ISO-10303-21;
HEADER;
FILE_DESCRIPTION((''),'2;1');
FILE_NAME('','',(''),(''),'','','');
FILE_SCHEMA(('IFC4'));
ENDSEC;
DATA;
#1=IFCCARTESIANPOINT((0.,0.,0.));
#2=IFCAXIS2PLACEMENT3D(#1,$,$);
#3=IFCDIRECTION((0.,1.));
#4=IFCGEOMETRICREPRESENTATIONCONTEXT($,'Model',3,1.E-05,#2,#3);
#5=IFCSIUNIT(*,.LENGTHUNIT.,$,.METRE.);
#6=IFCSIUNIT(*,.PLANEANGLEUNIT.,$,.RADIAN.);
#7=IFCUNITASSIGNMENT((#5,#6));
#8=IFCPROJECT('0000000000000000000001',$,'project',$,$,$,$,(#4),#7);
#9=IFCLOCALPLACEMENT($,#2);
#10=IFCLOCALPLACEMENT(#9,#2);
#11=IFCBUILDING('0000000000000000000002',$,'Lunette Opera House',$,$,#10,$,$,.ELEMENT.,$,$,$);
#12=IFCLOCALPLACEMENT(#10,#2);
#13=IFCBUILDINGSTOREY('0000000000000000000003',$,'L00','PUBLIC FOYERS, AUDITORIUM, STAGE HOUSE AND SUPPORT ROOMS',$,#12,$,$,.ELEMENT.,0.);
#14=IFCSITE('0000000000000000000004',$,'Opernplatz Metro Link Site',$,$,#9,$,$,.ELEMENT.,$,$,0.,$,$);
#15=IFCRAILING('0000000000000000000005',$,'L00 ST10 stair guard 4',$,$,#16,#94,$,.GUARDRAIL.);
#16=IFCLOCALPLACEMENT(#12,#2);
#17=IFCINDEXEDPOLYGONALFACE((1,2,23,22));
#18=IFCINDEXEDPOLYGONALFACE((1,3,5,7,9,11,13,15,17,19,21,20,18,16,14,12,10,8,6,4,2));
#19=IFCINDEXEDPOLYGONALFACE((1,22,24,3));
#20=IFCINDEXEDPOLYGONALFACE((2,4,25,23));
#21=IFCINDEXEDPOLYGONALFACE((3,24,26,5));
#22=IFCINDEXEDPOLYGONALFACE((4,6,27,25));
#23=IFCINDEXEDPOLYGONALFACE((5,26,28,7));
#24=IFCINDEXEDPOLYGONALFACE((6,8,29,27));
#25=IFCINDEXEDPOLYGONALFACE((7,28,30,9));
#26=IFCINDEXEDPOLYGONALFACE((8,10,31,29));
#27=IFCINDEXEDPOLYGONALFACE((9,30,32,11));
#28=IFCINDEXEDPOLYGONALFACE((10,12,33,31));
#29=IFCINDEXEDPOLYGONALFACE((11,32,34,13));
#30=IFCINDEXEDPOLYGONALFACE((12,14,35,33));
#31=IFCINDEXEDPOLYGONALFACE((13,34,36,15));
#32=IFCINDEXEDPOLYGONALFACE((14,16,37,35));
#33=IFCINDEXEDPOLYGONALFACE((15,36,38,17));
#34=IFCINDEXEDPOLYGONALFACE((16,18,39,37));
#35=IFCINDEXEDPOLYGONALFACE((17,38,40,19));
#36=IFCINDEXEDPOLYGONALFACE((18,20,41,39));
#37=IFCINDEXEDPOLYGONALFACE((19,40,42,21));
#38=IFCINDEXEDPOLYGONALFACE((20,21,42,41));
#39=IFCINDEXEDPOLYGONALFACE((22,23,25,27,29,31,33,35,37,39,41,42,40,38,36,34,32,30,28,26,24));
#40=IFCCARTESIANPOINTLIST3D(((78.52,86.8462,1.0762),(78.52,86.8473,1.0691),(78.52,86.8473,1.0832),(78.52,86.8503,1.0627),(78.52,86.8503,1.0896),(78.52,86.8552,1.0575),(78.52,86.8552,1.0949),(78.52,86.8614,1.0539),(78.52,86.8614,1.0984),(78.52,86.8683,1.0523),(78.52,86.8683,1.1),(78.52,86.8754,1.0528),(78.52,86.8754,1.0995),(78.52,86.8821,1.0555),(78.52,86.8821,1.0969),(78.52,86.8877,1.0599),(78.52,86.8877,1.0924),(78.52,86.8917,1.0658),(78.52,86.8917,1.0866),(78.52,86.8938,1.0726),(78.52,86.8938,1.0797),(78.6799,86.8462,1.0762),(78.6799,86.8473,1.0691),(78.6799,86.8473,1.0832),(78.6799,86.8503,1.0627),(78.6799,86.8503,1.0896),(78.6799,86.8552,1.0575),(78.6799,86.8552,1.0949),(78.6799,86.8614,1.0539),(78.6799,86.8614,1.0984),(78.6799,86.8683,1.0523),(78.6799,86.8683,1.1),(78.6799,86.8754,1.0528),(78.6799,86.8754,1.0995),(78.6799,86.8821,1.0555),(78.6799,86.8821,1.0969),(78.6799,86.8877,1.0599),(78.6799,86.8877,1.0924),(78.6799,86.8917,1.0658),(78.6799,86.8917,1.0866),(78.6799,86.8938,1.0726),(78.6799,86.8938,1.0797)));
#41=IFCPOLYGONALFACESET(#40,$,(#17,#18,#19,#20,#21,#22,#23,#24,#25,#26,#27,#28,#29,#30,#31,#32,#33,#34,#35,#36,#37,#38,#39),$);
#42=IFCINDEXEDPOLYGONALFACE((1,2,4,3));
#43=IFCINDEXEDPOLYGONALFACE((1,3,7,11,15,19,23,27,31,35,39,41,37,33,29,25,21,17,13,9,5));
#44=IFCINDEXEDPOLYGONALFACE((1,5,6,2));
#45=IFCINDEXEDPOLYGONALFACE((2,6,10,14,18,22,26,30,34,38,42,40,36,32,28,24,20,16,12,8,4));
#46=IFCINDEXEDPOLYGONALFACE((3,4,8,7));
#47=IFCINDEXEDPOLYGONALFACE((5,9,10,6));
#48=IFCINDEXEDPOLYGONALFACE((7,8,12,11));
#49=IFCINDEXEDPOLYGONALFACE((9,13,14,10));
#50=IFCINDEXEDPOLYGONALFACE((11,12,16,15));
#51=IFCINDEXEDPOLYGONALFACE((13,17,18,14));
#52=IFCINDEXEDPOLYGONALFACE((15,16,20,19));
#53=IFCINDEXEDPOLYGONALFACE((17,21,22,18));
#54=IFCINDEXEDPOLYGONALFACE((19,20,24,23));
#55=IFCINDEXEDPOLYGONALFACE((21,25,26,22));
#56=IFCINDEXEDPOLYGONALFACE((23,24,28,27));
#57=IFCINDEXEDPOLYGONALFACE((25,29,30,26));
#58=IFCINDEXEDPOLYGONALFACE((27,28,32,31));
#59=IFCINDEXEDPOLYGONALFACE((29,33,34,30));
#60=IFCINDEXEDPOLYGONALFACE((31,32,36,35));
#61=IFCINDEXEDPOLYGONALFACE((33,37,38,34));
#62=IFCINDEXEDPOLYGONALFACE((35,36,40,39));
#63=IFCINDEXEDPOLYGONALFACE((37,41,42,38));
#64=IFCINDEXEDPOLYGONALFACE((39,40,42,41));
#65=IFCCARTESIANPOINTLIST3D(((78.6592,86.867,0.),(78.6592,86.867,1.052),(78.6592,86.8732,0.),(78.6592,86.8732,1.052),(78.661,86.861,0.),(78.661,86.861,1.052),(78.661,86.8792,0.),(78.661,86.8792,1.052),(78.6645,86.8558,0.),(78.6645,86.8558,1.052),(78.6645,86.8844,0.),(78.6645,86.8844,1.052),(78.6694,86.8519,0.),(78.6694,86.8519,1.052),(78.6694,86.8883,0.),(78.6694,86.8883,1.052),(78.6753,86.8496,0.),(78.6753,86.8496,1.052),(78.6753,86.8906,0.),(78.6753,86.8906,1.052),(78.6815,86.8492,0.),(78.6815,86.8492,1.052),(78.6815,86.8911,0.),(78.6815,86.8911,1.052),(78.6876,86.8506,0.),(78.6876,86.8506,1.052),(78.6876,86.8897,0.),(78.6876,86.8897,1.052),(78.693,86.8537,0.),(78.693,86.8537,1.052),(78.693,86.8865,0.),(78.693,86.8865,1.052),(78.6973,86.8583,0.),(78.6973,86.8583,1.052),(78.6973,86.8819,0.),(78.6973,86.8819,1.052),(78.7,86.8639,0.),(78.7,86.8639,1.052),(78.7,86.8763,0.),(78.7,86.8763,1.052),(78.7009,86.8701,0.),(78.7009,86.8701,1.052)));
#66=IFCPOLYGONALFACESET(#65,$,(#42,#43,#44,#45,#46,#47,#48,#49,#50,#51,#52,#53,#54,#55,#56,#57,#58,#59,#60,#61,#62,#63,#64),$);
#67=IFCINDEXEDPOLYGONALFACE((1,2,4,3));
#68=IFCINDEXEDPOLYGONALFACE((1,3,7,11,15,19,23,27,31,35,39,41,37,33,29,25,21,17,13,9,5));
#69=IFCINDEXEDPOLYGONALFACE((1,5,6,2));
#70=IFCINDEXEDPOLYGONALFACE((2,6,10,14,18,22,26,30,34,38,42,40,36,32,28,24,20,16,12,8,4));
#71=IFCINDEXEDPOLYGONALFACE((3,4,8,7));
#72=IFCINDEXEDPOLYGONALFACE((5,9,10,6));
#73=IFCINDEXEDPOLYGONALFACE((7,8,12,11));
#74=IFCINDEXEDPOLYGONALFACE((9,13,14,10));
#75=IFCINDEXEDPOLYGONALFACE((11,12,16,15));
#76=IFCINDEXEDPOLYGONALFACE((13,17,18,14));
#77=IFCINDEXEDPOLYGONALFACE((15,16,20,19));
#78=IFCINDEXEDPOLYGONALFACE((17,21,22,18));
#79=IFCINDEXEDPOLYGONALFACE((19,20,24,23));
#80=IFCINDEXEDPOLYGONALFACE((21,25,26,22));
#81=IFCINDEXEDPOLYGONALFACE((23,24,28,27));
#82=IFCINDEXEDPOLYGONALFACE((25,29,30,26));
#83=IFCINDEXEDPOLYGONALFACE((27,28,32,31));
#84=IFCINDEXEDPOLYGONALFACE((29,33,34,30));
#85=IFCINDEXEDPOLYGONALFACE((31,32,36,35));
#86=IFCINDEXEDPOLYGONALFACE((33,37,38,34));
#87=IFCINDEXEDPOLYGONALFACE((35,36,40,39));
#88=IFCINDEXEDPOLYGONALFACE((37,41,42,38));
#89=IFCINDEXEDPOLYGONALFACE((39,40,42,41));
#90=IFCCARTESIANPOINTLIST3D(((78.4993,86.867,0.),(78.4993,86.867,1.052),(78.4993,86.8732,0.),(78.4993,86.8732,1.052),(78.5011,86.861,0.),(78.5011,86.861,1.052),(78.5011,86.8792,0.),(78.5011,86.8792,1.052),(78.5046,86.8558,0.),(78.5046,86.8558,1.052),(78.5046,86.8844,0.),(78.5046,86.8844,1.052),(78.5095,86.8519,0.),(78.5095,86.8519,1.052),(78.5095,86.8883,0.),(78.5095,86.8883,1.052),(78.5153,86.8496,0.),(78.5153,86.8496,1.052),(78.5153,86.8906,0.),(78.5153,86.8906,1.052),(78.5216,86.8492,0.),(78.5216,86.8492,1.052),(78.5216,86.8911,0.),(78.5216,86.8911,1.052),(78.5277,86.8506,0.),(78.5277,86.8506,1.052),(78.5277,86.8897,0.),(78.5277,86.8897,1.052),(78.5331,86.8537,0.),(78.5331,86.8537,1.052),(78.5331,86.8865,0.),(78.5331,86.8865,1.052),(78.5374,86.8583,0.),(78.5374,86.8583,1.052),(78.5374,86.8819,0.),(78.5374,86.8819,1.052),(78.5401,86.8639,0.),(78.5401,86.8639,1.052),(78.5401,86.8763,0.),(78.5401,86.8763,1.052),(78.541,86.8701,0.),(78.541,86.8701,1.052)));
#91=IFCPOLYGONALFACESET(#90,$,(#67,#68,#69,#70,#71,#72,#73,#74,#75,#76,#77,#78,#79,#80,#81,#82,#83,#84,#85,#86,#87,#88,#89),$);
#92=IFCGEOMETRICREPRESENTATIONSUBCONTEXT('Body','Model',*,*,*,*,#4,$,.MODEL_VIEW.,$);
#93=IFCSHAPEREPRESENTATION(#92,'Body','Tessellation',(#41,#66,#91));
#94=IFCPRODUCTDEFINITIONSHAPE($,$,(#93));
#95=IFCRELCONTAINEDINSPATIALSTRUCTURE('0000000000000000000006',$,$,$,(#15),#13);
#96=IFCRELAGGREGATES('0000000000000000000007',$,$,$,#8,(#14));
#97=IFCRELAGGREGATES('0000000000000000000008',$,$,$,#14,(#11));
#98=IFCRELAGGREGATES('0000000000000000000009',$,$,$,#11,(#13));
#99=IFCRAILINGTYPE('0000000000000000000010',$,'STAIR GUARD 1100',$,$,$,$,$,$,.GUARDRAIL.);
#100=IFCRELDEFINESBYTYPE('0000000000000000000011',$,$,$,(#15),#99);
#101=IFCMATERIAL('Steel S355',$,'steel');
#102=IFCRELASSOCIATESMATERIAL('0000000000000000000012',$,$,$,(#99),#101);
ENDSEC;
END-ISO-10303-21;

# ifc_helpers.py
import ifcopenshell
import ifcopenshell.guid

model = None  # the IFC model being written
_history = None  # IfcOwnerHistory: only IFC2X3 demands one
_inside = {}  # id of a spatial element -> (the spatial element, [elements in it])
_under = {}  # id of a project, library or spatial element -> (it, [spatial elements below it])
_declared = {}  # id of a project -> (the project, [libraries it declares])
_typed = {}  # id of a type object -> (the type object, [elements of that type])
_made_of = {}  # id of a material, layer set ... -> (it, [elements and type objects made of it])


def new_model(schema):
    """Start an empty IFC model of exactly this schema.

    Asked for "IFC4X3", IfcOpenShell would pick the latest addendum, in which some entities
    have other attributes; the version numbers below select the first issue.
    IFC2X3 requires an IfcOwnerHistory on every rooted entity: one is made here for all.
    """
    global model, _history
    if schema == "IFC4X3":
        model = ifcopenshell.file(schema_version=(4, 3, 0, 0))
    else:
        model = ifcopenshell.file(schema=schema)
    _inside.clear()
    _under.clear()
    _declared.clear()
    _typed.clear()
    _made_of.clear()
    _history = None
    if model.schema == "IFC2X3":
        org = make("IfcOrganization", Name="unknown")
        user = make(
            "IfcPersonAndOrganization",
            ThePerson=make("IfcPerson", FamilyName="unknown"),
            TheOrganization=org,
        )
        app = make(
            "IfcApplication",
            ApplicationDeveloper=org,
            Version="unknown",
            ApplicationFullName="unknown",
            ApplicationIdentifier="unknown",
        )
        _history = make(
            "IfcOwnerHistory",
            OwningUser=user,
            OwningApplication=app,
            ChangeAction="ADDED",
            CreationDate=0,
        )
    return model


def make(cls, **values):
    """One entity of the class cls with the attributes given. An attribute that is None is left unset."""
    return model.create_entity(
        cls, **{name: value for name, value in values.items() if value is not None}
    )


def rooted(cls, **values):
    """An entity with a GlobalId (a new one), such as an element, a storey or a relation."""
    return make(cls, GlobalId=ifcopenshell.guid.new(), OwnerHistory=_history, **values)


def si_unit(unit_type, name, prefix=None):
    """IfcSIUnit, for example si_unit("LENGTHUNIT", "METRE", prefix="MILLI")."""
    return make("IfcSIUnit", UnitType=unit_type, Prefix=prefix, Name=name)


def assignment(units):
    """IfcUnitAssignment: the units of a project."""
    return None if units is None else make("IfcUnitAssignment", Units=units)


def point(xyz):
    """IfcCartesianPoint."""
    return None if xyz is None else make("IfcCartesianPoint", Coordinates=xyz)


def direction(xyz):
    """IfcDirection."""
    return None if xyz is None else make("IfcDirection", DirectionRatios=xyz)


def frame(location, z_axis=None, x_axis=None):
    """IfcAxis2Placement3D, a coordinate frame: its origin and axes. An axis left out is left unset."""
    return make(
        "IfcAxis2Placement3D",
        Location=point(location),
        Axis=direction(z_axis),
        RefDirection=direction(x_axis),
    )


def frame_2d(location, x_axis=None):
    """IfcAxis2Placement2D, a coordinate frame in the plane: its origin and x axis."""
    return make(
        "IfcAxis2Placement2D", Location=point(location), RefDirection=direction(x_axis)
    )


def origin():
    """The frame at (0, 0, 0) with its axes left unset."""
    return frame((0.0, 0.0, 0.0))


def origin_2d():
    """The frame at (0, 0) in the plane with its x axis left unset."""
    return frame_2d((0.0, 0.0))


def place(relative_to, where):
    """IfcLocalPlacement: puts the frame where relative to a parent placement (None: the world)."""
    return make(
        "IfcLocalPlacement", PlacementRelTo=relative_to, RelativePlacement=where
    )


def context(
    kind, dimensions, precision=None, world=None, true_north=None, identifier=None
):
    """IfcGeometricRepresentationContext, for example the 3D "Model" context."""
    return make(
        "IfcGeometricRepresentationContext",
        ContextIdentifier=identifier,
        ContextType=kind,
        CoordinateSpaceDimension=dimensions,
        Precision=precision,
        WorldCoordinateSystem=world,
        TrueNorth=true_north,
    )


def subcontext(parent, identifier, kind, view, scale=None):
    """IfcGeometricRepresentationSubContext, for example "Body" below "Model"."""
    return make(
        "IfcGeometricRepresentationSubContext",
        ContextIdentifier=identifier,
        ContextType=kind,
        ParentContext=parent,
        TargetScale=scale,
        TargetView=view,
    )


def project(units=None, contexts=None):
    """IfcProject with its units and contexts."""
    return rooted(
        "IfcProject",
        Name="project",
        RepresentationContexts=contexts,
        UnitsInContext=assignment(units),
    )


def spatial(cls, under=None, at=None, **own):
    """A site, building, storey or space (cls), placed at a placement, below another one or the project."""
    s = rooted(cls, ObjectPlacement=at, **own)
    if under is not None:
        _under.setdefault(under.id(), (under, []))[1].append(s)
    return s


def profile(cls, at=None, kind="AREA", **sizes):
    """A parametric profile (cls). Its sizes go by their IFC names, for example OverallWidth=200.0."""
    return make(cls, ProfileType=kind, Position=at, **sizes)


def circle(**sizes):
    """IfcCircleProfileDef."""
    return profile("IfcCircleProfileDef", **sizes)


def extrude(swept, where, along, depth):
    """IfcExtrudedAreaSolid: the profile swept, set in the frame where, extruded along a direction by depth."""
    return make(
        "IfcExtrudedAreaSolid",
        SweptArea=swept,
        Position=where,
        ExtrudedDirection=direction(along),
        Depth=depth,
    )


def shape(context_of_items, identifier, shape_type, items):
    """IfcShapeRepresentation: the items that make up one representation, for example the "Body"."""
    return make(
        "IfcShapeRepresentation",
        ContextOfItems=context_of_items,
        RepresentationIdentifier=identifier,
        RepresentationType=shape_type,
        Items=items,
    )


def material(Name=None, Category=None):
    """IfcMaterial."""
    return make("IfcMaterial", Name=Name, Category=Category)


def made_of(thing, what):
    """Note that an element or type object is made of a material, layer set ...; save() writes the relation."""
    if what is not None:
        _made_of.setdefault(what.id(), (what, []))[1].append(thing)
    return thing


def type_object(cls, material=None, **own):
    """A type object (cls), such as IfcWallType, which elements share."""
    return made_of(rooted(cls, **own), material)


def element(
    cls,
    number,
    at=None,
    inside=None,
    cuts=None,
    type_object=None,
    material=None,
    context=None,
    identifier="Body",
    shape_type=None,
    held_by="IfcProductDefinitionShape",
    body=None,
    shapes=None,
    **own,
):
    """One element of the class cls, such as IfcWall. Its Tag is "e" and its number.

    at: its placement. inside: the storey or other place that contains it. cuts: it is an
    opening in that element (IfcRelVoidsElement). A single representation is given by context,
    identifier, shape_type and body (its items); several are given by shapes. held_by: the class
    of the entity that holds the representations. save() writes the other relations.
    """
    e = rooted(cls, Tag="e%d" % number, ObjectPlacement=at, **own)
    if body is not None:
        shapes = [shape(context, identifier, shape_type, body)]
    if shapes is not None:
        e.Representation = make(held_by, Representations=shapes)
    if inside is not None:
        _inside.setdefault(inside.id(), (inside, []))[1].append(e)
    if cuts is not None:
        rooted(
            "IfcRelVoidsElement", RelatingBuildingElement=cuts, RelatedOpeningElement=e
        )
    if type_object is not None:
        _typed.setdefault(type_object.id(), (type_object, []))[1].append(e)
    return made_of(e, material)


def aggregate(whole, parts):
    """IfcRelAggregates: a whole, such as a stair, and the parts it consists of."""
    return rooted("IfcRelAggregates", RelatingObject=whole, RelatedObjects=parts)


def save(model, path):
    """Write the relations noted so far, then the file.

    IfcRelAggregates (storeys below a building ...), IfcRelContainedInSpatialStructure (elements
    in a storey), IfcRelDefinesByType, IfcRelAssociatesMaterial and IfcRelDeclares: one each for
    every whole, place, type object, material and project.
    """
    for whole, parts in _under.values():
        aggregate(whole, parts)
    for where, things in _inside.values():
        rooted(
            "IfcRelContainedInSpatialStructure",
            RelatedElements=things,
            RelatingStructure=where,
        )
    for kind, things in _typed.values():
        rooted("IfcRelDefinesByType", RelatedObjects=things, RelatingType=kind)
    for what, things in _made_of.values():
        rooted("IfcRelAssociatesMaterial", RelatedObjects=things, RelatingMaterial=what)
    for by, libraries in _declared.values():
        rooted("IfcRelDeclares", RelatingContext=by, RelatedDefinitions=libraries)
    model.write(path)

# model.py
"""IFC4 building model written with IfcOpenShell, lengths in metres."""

from ifc_helpers import new_model, si_unit, direction, frame, origin, origin_2d, place, context, subcontext, project, spatial, circle, extrude, material, type_object, element, save


model = new_model("IFC4")

# Units and contexts
model_context = context("Model", 3, precision=1e-05, world=origin(), true_north=direction((0.0, 1.0)))
body_context = subcontext(model_context, "Body", "Model", "MODEL_VIEW")
ifc_project = project(units=[si_unit("LENGTHUNIT", "METRE"), si_unit("PLANEANGLEUNIT", "RADIAN")], contexts=[model_context])

# Site, building, storey
site_placement = place(None, origin())
site = spatial("IfcSite", under=ifc_project, at=site_placement, Name="Opernplatz Metro Link Site", CompositionType="ELEMENT", RefElevation=0.0)
building_placement = place(site_placement, origin())
building = spatial("IfcBuilding", under=site, at=building_placement, Name="Lunette Opera House", CompositionType="ELEMENT")
storey_placement = place(building_placement, origin())
storey = spatial("IfcBuildingStorey", under=building, at=storey_placement, Name="L00", Description="PUBLIC FOYERS, AUDITORIUM, STAGE HOUSE AND SUPPORT ROOMS", CompositionType="ELEMENT", Elevation=0.0)

# Railing
ifc_material_1 = material(Name="Steel S355", Category="steel")
railing_type_1 = type_object("IfcRailingType", Name="STAIR GUARD 1100", PredefinedType="GUARDRAIL", material=ifc_material_1)
railing_1_placement = place(storey_placement, frame((78.6799, 86.8701, 0.0)))
element("IfcRailing", 1, at=railing_1_placement, inside=storey, type_object=railing_type_1, Name="L00 ST10 stair guard 4", PredefinedType="GUARDRAIL", context=body_context, shape_type="SweptSolid", body=[
    extrude(circle(Radius=0.0239, at=origin_2d()), frame((0.0, 0.0, 1.0762), z_axis=(-1.0, 0.0, 0.0), x_axis=(0.0, -1.0, 0.0)), (0.0, 0.0, 1.0), 0.1599),
    extrude(circle(Radius=0.021, at=origin_2d()), origin(), (0.0, 0.0, 1.0), 1.052),
    extrude(circle(Radius=0.021, at=origin_2d()), frame((-0.1599, 0.0, 0.0)), (0.0, 0.0, 1.0), 1.052),
])

save(model, "model.ifc")
